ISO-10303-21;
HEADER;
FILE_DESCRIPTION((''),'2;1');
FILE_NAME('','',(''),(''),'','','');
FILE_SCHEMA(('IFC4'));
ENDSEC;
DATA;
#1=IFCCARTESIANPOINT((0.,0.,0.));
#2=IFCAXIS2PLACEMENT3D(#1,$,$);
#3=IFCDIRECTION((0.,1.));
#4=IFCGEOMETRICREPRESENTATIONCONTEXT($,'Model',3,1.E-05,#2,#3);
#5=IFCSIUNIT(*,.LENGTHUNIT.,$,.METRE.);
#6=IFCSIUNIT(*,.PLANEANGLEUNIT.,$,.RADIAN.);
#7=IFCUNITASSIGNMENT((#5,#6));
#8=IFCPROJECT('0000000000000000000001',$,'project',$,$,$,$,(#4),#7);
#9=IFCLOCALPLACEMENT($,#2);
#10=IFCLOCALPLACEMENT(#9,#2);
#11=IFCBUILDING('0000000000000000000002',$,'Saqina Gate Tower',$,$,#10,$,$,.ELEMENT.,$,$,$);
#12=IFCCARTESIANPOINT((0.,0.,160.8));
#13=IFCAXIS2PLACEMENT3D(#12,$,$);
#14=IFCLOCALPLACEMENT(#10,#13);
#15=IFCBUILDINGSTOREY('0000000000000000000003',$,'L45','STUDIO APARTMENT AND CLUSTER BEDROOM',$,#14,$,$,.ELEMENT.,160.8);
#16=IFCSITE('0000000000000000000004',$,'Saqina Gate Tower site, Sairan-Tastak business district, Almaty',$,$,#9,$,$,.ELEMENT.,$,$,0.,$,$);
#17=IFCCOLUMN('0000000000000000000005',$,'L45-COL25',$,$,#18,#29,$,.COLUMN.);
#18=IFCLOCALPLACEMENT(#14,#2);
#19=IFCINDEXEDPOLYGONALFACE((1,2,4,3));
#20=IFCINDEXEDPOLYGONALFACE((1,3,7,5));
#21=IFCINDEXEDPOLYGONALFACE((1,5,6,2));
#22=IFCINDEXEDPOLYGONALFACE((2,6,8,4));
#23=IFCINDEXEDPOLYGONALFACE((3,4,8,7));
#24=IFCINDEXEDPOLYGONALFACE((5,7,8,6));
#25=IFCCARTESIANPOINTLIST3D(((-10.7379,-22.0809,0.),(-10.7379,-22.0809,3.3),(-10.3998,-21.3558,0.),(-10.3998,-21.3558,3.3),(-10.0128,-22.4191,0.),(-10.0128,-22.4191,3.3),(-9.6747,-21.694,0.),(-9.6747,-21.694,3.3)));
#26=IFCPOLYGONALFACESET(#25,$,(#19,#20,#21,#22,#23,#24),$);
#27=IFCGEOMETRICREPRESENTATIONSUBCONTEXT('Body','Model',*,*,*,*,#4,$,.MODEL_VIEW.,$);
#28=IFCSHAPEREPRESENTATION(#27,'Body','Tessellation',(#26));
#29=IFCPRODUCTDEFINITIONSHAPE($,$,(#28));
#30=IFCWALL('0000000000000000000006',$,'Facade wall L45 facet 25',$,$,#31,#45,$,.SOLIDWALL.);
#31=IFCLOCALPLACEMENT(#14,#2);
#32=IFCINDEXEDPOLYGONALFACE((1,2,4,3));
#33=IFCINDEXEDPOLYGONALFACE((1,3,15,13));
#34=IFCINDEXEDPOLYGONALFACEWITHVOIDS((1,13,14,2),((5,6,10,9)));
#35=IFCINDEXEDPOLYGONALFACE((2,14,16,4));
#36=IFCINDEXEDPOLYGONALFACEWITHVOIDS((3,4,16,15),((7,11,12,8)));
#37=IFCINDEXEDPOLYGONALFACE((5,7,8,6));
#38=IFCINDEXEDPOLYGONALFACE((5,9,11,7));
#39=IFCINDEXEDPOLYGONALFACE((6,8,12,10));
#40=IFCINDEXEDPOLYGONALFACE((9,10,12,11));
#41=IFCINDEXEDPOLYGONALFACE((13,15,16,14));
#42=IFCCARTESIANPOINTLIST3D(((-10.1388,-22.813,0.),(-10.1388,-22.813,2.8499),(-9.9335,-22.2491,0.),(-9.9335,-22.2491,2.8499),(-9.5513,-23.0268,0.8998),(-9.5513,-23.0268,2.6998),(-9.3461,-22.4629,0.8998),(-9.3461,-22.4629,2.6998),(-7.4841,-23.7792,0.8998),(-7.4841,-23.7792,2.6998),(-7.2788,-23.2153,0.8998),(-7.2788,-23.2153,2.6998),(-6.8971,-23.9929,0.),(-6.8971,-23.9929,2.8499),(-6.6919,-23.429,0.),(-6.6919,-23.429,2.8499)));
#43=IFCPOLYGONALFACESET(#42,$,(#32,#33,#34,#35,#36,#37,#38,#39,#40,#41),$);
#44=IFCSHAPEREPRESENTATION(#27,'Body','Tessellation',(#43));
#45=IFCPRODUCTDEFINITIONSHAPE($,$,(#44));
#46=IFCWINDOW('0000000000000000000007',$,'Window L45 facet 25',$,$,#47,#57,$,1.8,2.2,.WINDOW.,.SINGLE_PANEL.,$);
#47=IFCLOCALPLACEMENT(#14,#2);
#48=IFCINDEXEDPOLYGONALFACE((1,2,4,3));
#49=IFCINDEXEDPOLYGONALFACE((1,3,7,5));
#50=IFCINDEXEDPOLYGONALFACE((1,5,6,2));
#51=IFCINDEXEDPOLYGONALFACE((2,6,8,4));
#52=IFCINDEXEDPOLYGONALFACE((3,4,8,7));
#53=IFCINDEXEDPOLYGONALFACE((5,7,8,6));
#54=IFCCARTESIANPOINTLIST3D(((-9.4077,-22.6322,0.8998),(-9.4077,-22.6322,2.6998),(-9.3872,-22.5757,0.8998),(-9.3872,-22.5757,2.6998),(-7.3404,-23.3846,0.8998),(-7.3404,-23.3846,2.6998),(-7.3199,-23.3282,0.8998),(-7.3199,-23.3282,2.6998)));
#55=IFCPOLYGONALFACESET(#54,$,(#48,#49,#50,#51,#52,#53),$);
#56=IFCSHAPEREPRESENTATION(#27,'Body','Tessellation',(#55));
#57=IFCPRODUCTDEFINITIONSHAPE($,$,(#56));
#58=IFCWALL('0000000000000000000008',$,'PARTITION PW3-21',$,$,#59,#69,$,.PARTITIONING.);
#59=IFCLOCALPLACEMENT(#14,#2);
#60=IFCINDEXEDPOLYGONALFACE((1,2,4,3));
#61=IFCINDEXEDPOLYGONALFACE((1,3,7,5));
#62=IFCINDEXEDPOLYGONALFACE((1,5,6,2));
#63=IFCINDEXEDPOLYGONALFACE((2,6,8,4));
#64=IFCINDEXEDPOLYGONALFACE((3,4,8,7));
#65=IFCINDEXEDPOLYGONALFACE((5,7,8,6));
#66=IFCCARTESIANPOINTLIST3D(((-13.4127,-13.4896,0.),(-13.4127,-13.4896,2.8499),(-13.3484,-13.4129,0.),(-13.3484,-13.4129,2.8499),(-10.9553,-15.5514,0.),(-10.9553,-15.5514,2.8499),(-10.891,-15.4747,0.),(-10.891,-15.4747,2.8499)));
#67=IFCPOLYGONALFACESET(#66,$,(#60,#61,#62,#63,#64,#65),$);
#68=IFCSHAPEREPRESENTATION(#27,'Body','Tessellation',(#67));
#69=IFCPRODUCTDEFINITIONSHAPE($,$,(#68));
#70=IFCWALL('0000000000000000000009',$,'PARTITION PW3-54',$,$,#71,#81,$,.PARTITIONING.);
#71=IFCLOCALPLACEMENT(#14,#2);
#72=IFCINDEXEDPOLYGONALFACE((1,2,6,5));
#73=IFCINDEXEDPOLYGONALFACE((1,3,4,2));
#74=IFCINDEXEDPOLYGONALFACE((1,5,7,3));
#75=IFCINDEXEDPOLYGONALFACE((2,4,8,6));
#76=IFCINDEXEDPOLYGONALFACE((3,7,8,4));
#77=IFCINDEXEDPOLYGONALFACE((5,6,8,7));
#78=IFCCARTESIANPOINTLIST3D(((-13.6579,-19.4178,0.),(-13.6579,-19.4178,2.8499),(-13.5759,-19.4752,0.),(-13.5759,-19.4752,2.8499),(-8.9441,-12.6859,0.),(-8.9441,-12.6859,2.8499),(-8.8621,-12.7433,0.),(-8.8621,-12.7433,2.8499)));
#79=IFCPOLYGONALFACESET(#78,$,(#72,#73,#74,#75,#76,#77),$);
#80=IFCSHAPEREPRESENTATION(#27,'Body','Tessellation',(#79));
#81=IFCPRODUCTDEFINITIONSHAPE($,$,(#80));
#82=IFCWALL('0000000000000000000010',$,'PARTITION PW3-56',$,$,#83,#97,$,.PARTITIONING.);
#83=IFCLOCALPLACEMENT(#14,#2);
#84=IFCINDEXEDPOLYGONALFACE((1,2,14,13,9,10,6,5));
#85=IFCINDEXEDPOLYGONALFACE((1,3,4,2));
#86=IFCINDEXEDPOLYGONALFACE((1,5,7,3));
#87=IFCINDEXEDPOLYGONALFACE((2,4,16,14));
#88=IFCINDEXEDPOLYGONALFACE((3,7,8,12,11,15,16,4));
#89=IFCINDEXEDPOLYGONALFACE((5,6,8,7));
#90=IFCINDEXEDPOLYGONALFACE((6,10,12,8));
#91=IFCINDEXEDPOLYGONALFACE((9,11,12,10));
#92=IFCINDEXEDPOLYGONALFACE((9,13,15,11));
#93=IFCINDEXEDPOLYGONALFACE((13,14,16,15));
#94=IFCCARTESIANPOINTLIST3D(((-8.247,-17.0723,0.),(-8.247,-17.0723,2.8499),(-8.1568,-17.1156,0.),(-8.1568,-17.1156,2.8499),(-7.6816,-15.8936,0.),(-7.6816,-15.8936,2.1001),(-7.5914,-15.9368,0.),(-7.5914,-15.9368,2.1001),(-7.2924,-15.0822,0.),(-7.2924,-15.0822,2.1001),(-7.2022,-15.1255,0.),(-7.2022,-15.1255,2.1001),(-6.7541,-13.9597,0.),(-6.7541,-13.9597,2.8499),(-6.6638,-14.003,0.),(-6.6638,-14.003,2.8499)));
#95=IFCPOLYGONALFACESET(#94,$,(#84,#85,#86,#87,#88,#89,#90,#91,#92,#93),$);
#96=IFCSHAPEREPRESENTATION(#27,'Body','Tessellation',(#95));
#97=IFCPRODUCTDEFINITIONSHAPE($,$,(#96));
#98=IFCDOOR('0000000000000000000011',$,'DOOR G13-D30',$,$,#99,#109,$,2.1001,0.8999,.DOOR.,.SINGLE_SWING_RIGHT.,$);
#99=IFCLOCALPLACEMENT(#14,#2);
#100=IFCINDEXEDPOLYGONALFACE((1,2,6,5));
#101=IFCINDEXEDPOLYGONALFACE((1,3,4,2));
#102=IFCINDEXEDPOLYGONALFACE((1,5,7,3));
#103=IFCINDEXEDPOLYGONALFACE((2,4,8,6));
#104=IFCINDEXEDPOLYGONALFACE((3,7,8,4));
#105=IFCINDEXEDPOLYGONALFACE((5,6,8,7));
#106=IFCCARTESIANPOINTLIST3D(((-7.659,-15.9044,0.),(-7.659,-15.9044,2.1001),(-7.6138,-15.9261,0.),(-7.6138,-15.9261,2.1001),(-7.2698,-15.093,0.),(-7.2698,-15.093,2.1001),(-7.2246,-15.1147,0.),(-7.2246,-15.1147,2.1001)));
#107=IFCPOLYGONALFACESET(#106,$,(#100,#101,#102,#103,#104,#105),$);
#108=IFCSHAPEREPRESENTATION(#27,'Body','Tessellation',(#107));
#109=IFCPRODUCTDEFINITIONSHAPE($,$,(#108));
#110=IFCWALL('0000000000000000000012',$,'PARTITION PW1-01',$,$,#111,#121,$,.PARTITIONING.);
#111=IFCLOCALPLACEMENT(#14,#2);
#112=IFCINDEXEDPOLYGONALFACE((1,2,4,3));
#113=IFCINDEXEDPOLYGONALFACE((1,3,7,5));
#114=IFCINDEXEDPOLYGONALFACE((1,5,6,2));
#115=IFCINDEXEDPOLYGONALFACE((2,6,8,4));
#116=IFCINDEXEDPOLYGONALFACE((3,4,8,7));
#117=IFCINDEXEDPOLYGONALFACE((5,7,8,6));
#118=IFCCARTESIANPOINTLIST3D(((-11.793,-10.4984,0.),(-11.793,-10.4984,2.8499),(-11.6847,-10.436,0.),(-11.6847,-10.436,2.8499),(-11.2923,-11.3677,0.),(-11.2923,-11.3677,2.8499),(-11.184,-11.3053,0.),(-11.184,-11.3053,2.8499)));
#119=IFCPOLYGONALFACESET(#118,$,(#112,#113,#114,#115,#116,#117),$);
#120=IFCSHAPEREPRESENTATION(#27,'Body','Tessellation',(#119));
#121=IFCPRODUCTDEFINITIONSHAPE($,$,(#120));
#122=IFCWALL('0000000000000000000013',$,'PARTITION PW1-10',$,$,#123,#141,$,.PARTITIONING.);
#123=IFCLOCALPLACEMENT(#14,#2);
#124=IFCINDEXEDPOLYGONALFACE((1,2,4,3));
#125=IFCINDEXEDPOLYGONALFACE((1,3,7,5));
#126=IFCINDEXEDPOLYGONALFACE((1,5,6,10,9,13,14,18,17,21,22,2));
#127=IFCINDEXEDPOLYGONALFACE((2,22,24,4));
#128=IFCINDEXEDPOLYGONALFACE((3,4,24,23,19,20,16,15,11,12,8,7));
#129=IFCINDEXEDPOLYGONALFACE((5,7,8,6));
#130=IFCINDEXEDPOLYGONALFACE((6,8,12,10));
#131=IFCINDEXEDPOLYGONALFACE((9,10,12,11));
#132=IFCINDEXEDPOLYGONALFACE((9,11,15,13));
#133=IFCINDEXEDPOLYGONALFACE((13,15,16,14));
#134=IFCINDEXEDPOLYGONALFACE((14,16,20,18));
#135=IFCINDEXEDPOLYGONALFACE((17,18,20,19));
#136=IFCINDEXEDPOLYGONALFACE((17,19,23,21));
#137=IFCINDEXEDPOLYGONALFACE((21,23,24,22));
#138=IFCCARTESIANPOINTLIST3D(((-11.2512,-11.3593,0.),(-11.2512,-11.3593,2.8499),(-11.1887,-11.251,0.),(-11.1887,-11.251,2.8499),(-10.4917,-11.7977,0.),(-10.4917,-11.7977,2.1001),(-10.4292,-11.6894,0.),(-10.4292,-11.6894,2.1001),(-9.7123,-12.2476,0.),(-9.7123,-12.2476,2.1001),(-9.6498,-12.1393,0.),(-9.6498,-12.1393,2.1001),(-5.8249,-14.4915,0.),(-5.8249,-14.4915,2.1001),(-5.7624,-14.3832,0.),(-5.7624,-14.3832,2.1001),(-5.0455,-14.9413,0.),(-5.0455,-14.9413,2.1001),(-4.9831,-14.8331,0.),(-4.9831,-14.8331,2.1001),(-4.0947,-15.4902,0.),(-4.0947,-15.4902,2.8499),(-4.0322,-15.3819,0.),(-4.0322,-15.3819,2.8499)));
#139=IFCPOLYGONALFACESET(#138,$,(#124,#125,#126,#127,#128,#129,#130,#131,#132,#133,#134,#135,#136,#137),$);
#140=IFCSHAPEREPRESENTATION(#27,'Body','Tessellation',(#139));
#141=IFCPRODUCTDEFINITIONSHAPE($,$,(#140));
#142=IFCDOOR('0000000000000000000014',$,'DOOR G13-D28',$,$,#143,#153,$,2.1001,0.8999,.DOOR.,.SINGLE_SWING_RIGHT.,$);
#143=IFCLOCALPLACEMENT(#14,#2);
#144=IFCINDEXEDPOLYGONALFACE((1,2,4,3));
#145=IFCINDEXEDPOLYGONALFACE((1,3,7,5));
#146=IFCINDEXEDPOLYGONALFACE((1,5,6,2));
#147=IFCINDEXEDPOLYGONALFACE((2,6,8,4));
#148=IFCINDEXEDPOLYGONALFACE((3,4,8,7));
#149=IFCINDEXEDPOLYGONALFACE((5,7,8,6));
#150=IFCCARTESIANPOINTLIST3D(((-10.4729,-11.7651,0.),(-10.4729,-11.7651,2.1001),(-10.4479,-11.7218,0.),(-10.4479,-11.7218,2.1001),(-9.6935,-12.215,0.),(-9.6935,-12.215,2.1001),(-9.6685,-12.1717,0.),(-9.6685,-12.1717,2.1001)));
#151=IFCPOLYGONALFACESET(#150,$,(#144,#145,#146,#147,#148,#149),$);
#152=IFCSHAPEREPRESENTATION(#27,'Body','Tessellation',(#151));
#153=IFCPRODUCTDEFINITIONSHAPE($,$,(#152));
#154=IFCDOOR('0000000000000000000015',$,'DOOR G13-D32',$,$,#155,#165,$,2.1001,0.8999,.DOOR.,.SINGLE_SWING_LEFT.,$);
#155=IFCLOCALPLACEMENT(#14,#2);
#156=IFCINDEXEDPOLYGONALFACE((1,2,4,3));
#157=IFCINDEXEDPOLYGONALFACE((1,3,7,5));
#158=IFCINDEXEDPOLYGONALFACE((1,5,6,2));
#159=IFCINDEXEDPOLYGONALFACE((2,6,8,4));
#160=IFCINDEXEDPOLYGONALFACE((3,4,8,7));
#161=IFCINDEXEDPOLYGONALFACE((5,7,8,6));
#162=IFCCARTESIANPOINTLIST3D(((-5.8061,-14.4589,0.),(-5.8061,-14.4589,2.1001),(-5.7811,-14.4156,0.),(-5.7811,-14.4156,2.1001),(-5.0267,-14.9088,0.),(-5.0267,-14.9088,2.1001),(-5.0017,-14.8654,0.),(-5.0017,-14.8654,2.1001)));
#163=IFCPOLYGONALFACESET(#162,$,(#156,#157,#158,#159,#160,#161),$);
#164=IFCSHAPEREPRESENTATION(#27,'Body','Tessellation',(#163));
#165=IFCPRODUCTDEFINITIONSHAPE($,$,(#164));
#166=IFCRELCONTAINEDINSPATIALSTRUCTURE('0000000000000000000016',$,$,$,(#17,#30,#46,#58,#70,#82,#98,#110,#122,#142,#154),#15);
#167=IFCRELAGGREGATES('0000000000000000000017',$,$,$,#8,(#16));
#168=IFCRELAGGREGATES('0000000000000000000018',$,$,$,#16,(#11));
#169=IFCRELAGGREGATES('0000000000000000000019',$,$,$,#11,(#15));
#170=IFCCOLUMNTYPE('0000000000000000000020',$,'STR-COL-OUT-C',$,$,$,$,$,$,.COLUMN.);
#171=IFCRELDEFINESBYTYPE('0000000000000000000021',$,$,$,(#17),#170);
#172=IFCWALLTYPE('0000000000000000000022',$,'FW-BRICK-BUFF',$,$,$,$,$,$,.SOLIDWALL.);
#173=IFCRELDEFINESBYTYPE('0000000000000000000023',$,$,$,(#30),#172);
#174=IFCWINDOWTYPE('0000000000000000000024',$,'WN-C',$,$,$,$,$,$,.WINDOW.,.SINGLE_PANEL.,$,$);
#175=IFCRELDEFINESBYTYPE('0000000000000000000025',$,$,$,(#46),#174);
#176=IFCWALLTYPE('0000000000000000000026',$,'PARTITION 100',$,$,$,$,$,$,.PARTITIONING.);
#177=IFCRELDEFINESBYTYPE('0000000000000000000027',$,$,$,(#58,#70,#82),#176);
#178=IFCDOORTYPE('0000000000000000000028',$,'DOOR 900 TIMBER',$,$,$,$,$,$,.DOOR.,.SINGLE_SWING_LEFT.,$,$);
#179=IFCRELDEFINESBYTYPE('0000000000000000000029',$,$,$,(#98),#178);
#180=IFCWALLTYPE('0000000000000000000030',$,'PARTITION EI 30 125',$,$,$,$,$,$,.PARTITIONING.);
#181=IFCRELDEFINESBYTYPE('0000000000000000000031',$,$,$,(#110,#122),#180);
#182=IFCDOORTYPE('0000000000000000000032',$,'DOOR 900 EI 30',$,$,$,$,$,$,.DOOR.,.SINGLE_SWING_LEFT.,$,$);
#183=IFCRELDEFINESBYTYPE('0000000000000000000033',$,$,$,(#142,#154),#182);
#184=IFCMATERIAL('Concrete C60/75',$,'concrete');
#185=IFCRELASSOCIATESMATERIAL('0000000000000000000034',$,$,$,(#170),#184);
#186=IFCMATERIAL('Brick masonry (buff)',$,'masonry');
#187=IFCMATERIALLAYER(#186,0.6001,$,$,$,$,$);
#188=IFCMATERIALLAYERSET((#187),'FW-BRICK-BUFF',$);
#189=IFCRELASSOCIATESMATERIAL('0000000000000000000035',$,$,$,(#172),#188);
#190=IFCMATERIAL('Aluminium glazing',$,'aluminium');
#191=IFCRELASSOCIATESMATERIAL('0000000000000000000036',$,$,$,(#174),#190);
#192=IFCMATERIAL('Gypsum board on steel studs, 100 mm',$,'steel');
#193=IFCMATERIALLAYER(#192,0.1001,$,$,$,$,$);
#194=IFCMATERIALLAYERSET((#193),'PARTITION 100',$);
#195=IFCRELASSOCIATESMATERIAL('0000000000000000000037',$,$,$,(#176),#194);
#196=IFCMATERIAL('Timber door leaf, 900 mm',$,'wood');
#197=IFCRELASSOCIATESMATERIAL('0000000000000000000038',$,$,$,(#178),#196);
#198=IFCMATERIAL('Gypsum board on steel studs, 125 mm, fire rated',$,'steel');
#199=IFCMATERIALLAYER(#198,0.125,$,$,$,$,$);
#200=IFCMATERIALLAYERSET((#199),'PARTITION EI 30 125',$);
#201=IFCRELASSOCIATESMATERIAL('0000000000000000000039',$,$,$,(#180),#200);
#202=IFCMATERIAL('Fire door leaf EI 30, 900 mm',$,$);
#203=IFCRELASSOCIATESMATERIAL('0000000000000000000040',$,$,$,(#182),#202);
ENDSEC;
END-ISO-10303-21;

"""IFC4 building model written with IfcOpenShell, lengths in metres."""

from ifc_helpers import new_model, si_unit, direction, frame, frame_2d, origin, origin_2d, place, context, subcontext, project, spatial, rectangle, extrude, material, layer, layer_set, material_profile, profile_set, type_object, element, fill, save


model = new_model("IFC4")

# Units and contexts
model_context = context("Model", 3, precision=1e-05, world=origin(), true_north=direction((0.0, 1.0)))
body_context = subcontext(model_context, "Body", "Model", "MODEL_VIEW")
ifc_project = project(units=[si_unit("LENGTHUNIT", "METRE"), si_unit("PLANEANGLEUNIT", "RADIAN")], contexts=[model_context])

# Site, building, storey
site_placement = place(None, origin())
site = spatial("IfcSite", under=ifc_project, at=site_placement, Name="Saqina Gate Tower site, Sairan-Tastak business district, Almaty", CompositionType="ELEMENT", RefElevation=0.0)
building_placement = place(site_placement, origin())
building = spatial("IfcBuilding", under=site, at=building_placement, Name="Saqina Gate Tower", CompositionType="ELEMENT")
storey_placement = place(building_placement, frame((0.0, 0.0, 160.8)))
storey = spatial("IfcBuildingStorey", under=building, at=storey_placement, Name="L45", Description="STUDIO APARTMENT AND CLUSTER BEDROOM", CompositionType="ELEMENT", Elevation=160.8)

# Column
ifc_material_1 = material(Name="Concrete C60/75", Category="concrete")
ifc_material_profile = material_profile(ifc_material_1, rectangle(XDim=0.8, YDim=0.8, at=origin_2d()), Name="RC 800x800")
ifc_profile_set = profile_set([ifc_material_profile], Name="Concrete C60/75")
column_type = type_object("IfcColumnType", Name="STR-COL-OUT-C", PredefinedType="COLUMN", material=ifc_profile_set)
column_placement = place(storey_placement, frame((-10.2063, -21.8875, 0.0), z_axis=(0.0, 0.0, 1.0), x_axis=(-0.422618, -0.906308, 0.0)))
element("IfcColumn", 1, at=column_placement, inside=storey, type_object=column_type, Name="L45-COL25", PredefinedType="COLUMN", context=body_context, shape_type="SweptSolid", body=[
    extrude(rectangle(XDim=0.8, YDim=0.8, at=origin_2d()), origin(), (0.0, 0.0, 1.0), 3.3),
])

# Wall, opening, window
ifc_material_2 = material(Name="Brick masonry (buff)", Category="masonry")
ifc_layer_1 = layer(ifc_material_2, 0.6001)
ifc_layer_set_1 = layer_set([ifc_layer_1], Name="FW-BRICK-BUFF")
wall_type_1 = type_object("IfcWallType", Name="FW-BRICK-BUFF", PredefinedType="SOLIDWALL", material=ifc_layer_set_1)
wall_1_placement = place(storey_placement, frame((-10.0361, -22.531, 0.0), z_axis=(0.0, 0.0, 1.0), x_axis=(0.939688, -0.342033, 0.0)))
wall_1 = element("IfcWall", 2, at=wall_1_placement, inside=storey, type_object=wall_type_1, Name="Facade wall L45 facet 25", PredefinedType="SOLIDWALL", context=body_context, shape_type="SweptSolid", body=[
    extrude(rectangle(XDim=3.4497, YDim=0.6001, at=frame_2d((1.7249, 0.0))), origin(), (0.0, 0.0, 1.0), 2.8499),
])
opening_1_placement = place(wall_1_placement, frame((0.625, 0.0, 0.8999)))
opening_1 = element("IfcOpeningElement", 3, at=opening_1_placement, cuts=wall_1, PredefinedType="OPENING", context=body_context, shape_type="SweptSolid", body=[
    extrude(rectangle(XDim=2.2, YDim=1.8, at=frame_2d((1.1001, 0.8999))), frame((0.0, 0.312, 0.0), z_axis=(0.0, -1.0, 0.0), x_axis=(1.0, 0.0, 0.0)), (0.0, 0.0, 1.0), 0.624),
])
ifc_material_3 = material(Name="Aluminium glazing", Category="aluminium")
window_type = type_object("IfcWindowType", Name="WN-C", PartitioningType="SINGLE_PANEL", PredefinedType="WINDOW", material=ifc_material_3)
window_placement = place(opening_1_placement, origin())
window = element("IfcWindow", 4, at=window_placement, inside=storey, type_object=window_type, Name="Window L45 facet 25", OverallHeight=1.8, OverallWidth=2.2, PartitioningType="SINGLE_PANEL", PredefinedType="WINDOW", context=body_context, shape_type="SweptSolid", body=[
    extrude(rectangle(XDim=2.2, YDim=1.8, at=frame_2d((1.1001, 0.8999))), frame((0.0, 0.1799, 0.0), z_axis=(0.0, -1.0, 0.0), x_axis=(1.0, 0.0, 0.0)), (0.0, 0.0, 1.0), 0.0601),
])
fill(opening_1, window)

# Walls
ifc_material_4 = material(Name="Gypsum board on steel studs, 100 mm", Category="steel")
ifc_layer_2 = layer(ifc_material_4, 0.1001)
ifc_layer_set_2 = layer_set([ifc_layer_2], Name="PARTITION 100")
wall_type_2 = type_object("IfcWallType", Name="PARTITION 100", PredefinedType="PARTITIONING", material=ifc_layer_set_2)
wall_2_placement = place(storey_placement, frame((-13.3806, -13.4512, 0.0), z_axis=(0.0, 0.0, 1.0), x_axis=(0.766065, -0.642764, 0.0)))
element("IfcWall", 5, at=wall_2_placement, inside=storey, type_object=wall_type_2, Name="PARTITION PW3-21", PredefinedType="PARTITIONING", context=body_context, shape_type="SweptSolid", body=[
    extrude(rectangle(XDim=3.2078, YDim=0.1001, at=frame_2d((1.604, 0.0))), origin(), (0.0, 0.0, 1.0), 2.8499),
])
wall_3_placement = place(storey_placement, frame((-13.6169, -19.4465, 0.0), z_axis=(0.0, 0.0, 1.0), x_axis=(0.573586, 0.819145, 0.0)))
element("IfcWall", 6, at=wall_3_placement, inside=storey, type_object=wall_type_2, Name="PARTITION PW3-54", PredefinedType="PARTITIONING", context=body_context, shape_type="SweptSolid", body=[
    extrude(rectangle(XDim=8.2183, YDim=0.1001, at=frame_2d((4.1091, 0.0))), origin(), (0.0, 0.0, 1.0), 2.8499),
])

# Wall, opening, door
wall_4_placement = place(storey_placement, frame((-8.2019, -17.094, 0.0), z_axis=(0.0, 0.0, 1.0), x_axis=(0.432471, 0.901648, 0.0)))
wall_4 = element("IfcWall", 7, at=wall_4_placement, inside=storey, type_object=wall_type_2, Name="PARTITION PW3-56", PredefinedType="PARTITIONING", context=body_context, shape_type="SweptSolid", body=[
    extrude(rectangle(XDim=3.4521, YDim=0.1001, at=frame_2d((1.7261, 0.0))), origin(), (0.0, 0.0, 1.0), 2.8499),
])
opening_2_placement = place(wall_4_placement, frame((1.3074, 0.0, 0.0)))
opening_2 = element("IfcOpeningElement", 8, at=opening_2_placement, cuts=wall_4, PredefinedType="OPENING", context=body_context, shape_type="SweptSolid", body=[
    extrude(rectangle(XDim=0.8999, YDim=2.1001, at=frame_2d((0.45, 1.05))), frame((0.0, 0.062, 0.0), z_axis=(0.0, -1.0, 0.0), x_axis=(1.0, 0.0, 0.0)), (0.0, 0.0, 1.0), 0.124),
])
ifc_material_5 = material(Name="Timber door leaf, 900 mm", Category="wood")
door_type_1 = type_object("IfcDoorType", Name="DOOR 900 TIMBER", OperationType="SINGLE_SWING_LEFT", PredefinedType="DOOR", material=ifc_material_5)
door_1_placement = place(opening_2_placement, origin())
door_1 = element("IfcDoor", 9, at=door_1_placement, inside=storey, type_object=door_type_1, Name="DOOR G13-D30", OperationType="SINGLE_SWING_RIGHT", OverallHeight=2.1001, OverallWidth=0.8999, PredefinedType="DOOR", context=body_context, shape_type="SweptSolid", body=[
    extrude(rectangle(XDim=0.8999, YDim=2.1001, at=frame_2d((0.45, 1.05))), frame((0.0, 0.0249, 0.0), z_axis=(0.0, -1.0, 0.0), x_axis=(1.0, 0.0, 0.0)), (0.0, 0.0, 1.0), 0.05),
])
fill(opening_2, door_1)

# Wall
ifc_material_6 = material(Name="Gypsum board on steel studs, 125 mm, fire rated", Category="steel")
ifc_layer_3 = layer(ifc_material_6, 0.125)
ifc_layer_set_3 = layer_set([ifc_layer_3], Name="PARTITION EI 30 125")
wall_type_3 = type_object("IfcWallType", Name="PARTITION EI 30 125", PredefinedType="PARTITIONING", material=ifc_layer_set_3)
wall_5_placement = place(storey_placement, frame((-11.7388, -10.4673, 0.0), z_axis=(0.0, 0.0, 1.0), x_axis=(0.499097, -0.866546, 0.0)))
element("IfcWall", 10, at=wall_5_placement, inside=storey, type_object=wall_type_3, Name="PARTITION PW1-01", PredefinedType="PARTITIONING", context=body_context, shape_type="SweptSolid", body=[
    extrude(rectangle(XDim=1.0032, YDim=0.125, at=frame_2d((0.5015, 0.0))), origin(), (0.0, 0.0, 1.0), 2.8499),
])

# Wall, openings, doors
wall_6_placement = place(storey_placement, frame((-11.22, -11.3052, 0.0), z_axis=(0.0, 0.0, 1.0), x_axis=(0.866075, -0.499914, 0.0)))
wall_6 = element("IfcWall", 11, at=wall_6_placement, inside=storey, type_object=wall_type_3, Name="PARTITION PW1-10", PredefinedType="PARTITIONING", context=body_context, shape_type="SweptSolid", body=[
    extrude(rectangle(XDim=8.2632, YDim=0.125, at=frame_2d((4.1316, 0.0))), origin(), (0.0, 0.0, 1.0), 2.8499),
])
opening_3_placement = place(wall_6_placement, frame((0.877, 0.0, 0.0)))
opening_3 = element("IfcOpeningElement", 12, at=opening_3_placement, cuts=wall_6, PredefinedType="OPENING", context=body_context, shape_type="SweptSolid", body=[
    extrude(rectangle(XDim=0.8999, YDim=2.1001, at=frame_2d((0.45, 1.05))), frame((0.0, 0.0745, 0.0), z_axis=(0.0, -1.0, 0.0), x_axis=(1.0, 0.0, 0.0)), (0.0, 0.0, 1.0), 0.1489),
])
opening_4_placement = place(wall_6_placement, frame((6.2654, 0.0, 0.0)))
opening_4 = element("IfcOpeningElement", 13, at=opening_4_placement, cuts=wall_6, PredefinedType="OPENING", context=body_context, shape_type="SweptSolid", body=[
    extrude(rectangle(XDim=0.8999, YDim=2.1001, at=frame_2d((0.45, 1.05))), frame((0.0, 0.0745, 0.0), z_axis=(0.0, -1.0, 0.0), x_axis=(1.0, 0.0, 0.0)), (0.0, 0.0, 1.0), 0.1489),
])
ifc_material_7 = material(Name="Fire door leaf EI 30, 900 mm")
door_type_2 = type_object("IfcDoorType", Name="DOOR 900 EI 30", OperationType="SINGLE_SWING_LEFT", PredefinedType="DOOR", material=ifc_material_7)
door_2_placement = place(opening_3_placement, frame((0.8999, 0.0, 0.0), z_axis=(0.0, 0.0, 1.0), x_axis=(-1.0, 0.0, 0.0)))
door_2 = element("IfcDoor", 14, at=door_2_placement, inside=storey, type_object=door_type_2, Name="DOOR G13-D28", OperationType="SINGLE_SWING_RIGHT", OverallHeight=2.1001, OverallWidth=0.8999, PredefinedType="DOOR", context=body_context, shape_type="SweptSolid", body=[
    extrude(rectangle(XDim=0.8999, YDim=2.1001, at=frame_2d((0.45, 1.05))), frame((0.0, 0.0249, 0.0), z_axis=(0.0, -1.0, 0.0), x_axis=(1.0, 0.0, 0.0)), (0.0, 0.0, 1.0), 0.05),
])
fill(opening_3, door_2)
door_3_placement = place(opening_4_placement, frame((0.8999, 0.0, 0.0), z_axis=(0.0, 0.0, 1.0), x_axis=(-1.0, 0.0, 0.0)))
door_3 = element("IfcDoor", 15, at=door_3_placement, inside=storey, type_object=door_type_2, Name="DOOR G13-D32", OperationType="SINGLE_SWING_LEFT", OverallHeight=2.1001, OverallWidth=0.8999, PredefinedType="DOOR", context=body_context, shape_type="SweptSolid", body=[
    extrude(rectangle(XDim=0.8999, YDim=2.1001, at=frame_2d((0.45, 1.05))), frame((0.0, 0.0249, 0.0), z_axis=(0.0, -1.0, 0.0), x_axis=(1.0, 0.0, 0.0)), (0.0, 0.0, 1.0), 0.05),
])
fill(opening_4, door_3)

save(model, "model.ifc")
